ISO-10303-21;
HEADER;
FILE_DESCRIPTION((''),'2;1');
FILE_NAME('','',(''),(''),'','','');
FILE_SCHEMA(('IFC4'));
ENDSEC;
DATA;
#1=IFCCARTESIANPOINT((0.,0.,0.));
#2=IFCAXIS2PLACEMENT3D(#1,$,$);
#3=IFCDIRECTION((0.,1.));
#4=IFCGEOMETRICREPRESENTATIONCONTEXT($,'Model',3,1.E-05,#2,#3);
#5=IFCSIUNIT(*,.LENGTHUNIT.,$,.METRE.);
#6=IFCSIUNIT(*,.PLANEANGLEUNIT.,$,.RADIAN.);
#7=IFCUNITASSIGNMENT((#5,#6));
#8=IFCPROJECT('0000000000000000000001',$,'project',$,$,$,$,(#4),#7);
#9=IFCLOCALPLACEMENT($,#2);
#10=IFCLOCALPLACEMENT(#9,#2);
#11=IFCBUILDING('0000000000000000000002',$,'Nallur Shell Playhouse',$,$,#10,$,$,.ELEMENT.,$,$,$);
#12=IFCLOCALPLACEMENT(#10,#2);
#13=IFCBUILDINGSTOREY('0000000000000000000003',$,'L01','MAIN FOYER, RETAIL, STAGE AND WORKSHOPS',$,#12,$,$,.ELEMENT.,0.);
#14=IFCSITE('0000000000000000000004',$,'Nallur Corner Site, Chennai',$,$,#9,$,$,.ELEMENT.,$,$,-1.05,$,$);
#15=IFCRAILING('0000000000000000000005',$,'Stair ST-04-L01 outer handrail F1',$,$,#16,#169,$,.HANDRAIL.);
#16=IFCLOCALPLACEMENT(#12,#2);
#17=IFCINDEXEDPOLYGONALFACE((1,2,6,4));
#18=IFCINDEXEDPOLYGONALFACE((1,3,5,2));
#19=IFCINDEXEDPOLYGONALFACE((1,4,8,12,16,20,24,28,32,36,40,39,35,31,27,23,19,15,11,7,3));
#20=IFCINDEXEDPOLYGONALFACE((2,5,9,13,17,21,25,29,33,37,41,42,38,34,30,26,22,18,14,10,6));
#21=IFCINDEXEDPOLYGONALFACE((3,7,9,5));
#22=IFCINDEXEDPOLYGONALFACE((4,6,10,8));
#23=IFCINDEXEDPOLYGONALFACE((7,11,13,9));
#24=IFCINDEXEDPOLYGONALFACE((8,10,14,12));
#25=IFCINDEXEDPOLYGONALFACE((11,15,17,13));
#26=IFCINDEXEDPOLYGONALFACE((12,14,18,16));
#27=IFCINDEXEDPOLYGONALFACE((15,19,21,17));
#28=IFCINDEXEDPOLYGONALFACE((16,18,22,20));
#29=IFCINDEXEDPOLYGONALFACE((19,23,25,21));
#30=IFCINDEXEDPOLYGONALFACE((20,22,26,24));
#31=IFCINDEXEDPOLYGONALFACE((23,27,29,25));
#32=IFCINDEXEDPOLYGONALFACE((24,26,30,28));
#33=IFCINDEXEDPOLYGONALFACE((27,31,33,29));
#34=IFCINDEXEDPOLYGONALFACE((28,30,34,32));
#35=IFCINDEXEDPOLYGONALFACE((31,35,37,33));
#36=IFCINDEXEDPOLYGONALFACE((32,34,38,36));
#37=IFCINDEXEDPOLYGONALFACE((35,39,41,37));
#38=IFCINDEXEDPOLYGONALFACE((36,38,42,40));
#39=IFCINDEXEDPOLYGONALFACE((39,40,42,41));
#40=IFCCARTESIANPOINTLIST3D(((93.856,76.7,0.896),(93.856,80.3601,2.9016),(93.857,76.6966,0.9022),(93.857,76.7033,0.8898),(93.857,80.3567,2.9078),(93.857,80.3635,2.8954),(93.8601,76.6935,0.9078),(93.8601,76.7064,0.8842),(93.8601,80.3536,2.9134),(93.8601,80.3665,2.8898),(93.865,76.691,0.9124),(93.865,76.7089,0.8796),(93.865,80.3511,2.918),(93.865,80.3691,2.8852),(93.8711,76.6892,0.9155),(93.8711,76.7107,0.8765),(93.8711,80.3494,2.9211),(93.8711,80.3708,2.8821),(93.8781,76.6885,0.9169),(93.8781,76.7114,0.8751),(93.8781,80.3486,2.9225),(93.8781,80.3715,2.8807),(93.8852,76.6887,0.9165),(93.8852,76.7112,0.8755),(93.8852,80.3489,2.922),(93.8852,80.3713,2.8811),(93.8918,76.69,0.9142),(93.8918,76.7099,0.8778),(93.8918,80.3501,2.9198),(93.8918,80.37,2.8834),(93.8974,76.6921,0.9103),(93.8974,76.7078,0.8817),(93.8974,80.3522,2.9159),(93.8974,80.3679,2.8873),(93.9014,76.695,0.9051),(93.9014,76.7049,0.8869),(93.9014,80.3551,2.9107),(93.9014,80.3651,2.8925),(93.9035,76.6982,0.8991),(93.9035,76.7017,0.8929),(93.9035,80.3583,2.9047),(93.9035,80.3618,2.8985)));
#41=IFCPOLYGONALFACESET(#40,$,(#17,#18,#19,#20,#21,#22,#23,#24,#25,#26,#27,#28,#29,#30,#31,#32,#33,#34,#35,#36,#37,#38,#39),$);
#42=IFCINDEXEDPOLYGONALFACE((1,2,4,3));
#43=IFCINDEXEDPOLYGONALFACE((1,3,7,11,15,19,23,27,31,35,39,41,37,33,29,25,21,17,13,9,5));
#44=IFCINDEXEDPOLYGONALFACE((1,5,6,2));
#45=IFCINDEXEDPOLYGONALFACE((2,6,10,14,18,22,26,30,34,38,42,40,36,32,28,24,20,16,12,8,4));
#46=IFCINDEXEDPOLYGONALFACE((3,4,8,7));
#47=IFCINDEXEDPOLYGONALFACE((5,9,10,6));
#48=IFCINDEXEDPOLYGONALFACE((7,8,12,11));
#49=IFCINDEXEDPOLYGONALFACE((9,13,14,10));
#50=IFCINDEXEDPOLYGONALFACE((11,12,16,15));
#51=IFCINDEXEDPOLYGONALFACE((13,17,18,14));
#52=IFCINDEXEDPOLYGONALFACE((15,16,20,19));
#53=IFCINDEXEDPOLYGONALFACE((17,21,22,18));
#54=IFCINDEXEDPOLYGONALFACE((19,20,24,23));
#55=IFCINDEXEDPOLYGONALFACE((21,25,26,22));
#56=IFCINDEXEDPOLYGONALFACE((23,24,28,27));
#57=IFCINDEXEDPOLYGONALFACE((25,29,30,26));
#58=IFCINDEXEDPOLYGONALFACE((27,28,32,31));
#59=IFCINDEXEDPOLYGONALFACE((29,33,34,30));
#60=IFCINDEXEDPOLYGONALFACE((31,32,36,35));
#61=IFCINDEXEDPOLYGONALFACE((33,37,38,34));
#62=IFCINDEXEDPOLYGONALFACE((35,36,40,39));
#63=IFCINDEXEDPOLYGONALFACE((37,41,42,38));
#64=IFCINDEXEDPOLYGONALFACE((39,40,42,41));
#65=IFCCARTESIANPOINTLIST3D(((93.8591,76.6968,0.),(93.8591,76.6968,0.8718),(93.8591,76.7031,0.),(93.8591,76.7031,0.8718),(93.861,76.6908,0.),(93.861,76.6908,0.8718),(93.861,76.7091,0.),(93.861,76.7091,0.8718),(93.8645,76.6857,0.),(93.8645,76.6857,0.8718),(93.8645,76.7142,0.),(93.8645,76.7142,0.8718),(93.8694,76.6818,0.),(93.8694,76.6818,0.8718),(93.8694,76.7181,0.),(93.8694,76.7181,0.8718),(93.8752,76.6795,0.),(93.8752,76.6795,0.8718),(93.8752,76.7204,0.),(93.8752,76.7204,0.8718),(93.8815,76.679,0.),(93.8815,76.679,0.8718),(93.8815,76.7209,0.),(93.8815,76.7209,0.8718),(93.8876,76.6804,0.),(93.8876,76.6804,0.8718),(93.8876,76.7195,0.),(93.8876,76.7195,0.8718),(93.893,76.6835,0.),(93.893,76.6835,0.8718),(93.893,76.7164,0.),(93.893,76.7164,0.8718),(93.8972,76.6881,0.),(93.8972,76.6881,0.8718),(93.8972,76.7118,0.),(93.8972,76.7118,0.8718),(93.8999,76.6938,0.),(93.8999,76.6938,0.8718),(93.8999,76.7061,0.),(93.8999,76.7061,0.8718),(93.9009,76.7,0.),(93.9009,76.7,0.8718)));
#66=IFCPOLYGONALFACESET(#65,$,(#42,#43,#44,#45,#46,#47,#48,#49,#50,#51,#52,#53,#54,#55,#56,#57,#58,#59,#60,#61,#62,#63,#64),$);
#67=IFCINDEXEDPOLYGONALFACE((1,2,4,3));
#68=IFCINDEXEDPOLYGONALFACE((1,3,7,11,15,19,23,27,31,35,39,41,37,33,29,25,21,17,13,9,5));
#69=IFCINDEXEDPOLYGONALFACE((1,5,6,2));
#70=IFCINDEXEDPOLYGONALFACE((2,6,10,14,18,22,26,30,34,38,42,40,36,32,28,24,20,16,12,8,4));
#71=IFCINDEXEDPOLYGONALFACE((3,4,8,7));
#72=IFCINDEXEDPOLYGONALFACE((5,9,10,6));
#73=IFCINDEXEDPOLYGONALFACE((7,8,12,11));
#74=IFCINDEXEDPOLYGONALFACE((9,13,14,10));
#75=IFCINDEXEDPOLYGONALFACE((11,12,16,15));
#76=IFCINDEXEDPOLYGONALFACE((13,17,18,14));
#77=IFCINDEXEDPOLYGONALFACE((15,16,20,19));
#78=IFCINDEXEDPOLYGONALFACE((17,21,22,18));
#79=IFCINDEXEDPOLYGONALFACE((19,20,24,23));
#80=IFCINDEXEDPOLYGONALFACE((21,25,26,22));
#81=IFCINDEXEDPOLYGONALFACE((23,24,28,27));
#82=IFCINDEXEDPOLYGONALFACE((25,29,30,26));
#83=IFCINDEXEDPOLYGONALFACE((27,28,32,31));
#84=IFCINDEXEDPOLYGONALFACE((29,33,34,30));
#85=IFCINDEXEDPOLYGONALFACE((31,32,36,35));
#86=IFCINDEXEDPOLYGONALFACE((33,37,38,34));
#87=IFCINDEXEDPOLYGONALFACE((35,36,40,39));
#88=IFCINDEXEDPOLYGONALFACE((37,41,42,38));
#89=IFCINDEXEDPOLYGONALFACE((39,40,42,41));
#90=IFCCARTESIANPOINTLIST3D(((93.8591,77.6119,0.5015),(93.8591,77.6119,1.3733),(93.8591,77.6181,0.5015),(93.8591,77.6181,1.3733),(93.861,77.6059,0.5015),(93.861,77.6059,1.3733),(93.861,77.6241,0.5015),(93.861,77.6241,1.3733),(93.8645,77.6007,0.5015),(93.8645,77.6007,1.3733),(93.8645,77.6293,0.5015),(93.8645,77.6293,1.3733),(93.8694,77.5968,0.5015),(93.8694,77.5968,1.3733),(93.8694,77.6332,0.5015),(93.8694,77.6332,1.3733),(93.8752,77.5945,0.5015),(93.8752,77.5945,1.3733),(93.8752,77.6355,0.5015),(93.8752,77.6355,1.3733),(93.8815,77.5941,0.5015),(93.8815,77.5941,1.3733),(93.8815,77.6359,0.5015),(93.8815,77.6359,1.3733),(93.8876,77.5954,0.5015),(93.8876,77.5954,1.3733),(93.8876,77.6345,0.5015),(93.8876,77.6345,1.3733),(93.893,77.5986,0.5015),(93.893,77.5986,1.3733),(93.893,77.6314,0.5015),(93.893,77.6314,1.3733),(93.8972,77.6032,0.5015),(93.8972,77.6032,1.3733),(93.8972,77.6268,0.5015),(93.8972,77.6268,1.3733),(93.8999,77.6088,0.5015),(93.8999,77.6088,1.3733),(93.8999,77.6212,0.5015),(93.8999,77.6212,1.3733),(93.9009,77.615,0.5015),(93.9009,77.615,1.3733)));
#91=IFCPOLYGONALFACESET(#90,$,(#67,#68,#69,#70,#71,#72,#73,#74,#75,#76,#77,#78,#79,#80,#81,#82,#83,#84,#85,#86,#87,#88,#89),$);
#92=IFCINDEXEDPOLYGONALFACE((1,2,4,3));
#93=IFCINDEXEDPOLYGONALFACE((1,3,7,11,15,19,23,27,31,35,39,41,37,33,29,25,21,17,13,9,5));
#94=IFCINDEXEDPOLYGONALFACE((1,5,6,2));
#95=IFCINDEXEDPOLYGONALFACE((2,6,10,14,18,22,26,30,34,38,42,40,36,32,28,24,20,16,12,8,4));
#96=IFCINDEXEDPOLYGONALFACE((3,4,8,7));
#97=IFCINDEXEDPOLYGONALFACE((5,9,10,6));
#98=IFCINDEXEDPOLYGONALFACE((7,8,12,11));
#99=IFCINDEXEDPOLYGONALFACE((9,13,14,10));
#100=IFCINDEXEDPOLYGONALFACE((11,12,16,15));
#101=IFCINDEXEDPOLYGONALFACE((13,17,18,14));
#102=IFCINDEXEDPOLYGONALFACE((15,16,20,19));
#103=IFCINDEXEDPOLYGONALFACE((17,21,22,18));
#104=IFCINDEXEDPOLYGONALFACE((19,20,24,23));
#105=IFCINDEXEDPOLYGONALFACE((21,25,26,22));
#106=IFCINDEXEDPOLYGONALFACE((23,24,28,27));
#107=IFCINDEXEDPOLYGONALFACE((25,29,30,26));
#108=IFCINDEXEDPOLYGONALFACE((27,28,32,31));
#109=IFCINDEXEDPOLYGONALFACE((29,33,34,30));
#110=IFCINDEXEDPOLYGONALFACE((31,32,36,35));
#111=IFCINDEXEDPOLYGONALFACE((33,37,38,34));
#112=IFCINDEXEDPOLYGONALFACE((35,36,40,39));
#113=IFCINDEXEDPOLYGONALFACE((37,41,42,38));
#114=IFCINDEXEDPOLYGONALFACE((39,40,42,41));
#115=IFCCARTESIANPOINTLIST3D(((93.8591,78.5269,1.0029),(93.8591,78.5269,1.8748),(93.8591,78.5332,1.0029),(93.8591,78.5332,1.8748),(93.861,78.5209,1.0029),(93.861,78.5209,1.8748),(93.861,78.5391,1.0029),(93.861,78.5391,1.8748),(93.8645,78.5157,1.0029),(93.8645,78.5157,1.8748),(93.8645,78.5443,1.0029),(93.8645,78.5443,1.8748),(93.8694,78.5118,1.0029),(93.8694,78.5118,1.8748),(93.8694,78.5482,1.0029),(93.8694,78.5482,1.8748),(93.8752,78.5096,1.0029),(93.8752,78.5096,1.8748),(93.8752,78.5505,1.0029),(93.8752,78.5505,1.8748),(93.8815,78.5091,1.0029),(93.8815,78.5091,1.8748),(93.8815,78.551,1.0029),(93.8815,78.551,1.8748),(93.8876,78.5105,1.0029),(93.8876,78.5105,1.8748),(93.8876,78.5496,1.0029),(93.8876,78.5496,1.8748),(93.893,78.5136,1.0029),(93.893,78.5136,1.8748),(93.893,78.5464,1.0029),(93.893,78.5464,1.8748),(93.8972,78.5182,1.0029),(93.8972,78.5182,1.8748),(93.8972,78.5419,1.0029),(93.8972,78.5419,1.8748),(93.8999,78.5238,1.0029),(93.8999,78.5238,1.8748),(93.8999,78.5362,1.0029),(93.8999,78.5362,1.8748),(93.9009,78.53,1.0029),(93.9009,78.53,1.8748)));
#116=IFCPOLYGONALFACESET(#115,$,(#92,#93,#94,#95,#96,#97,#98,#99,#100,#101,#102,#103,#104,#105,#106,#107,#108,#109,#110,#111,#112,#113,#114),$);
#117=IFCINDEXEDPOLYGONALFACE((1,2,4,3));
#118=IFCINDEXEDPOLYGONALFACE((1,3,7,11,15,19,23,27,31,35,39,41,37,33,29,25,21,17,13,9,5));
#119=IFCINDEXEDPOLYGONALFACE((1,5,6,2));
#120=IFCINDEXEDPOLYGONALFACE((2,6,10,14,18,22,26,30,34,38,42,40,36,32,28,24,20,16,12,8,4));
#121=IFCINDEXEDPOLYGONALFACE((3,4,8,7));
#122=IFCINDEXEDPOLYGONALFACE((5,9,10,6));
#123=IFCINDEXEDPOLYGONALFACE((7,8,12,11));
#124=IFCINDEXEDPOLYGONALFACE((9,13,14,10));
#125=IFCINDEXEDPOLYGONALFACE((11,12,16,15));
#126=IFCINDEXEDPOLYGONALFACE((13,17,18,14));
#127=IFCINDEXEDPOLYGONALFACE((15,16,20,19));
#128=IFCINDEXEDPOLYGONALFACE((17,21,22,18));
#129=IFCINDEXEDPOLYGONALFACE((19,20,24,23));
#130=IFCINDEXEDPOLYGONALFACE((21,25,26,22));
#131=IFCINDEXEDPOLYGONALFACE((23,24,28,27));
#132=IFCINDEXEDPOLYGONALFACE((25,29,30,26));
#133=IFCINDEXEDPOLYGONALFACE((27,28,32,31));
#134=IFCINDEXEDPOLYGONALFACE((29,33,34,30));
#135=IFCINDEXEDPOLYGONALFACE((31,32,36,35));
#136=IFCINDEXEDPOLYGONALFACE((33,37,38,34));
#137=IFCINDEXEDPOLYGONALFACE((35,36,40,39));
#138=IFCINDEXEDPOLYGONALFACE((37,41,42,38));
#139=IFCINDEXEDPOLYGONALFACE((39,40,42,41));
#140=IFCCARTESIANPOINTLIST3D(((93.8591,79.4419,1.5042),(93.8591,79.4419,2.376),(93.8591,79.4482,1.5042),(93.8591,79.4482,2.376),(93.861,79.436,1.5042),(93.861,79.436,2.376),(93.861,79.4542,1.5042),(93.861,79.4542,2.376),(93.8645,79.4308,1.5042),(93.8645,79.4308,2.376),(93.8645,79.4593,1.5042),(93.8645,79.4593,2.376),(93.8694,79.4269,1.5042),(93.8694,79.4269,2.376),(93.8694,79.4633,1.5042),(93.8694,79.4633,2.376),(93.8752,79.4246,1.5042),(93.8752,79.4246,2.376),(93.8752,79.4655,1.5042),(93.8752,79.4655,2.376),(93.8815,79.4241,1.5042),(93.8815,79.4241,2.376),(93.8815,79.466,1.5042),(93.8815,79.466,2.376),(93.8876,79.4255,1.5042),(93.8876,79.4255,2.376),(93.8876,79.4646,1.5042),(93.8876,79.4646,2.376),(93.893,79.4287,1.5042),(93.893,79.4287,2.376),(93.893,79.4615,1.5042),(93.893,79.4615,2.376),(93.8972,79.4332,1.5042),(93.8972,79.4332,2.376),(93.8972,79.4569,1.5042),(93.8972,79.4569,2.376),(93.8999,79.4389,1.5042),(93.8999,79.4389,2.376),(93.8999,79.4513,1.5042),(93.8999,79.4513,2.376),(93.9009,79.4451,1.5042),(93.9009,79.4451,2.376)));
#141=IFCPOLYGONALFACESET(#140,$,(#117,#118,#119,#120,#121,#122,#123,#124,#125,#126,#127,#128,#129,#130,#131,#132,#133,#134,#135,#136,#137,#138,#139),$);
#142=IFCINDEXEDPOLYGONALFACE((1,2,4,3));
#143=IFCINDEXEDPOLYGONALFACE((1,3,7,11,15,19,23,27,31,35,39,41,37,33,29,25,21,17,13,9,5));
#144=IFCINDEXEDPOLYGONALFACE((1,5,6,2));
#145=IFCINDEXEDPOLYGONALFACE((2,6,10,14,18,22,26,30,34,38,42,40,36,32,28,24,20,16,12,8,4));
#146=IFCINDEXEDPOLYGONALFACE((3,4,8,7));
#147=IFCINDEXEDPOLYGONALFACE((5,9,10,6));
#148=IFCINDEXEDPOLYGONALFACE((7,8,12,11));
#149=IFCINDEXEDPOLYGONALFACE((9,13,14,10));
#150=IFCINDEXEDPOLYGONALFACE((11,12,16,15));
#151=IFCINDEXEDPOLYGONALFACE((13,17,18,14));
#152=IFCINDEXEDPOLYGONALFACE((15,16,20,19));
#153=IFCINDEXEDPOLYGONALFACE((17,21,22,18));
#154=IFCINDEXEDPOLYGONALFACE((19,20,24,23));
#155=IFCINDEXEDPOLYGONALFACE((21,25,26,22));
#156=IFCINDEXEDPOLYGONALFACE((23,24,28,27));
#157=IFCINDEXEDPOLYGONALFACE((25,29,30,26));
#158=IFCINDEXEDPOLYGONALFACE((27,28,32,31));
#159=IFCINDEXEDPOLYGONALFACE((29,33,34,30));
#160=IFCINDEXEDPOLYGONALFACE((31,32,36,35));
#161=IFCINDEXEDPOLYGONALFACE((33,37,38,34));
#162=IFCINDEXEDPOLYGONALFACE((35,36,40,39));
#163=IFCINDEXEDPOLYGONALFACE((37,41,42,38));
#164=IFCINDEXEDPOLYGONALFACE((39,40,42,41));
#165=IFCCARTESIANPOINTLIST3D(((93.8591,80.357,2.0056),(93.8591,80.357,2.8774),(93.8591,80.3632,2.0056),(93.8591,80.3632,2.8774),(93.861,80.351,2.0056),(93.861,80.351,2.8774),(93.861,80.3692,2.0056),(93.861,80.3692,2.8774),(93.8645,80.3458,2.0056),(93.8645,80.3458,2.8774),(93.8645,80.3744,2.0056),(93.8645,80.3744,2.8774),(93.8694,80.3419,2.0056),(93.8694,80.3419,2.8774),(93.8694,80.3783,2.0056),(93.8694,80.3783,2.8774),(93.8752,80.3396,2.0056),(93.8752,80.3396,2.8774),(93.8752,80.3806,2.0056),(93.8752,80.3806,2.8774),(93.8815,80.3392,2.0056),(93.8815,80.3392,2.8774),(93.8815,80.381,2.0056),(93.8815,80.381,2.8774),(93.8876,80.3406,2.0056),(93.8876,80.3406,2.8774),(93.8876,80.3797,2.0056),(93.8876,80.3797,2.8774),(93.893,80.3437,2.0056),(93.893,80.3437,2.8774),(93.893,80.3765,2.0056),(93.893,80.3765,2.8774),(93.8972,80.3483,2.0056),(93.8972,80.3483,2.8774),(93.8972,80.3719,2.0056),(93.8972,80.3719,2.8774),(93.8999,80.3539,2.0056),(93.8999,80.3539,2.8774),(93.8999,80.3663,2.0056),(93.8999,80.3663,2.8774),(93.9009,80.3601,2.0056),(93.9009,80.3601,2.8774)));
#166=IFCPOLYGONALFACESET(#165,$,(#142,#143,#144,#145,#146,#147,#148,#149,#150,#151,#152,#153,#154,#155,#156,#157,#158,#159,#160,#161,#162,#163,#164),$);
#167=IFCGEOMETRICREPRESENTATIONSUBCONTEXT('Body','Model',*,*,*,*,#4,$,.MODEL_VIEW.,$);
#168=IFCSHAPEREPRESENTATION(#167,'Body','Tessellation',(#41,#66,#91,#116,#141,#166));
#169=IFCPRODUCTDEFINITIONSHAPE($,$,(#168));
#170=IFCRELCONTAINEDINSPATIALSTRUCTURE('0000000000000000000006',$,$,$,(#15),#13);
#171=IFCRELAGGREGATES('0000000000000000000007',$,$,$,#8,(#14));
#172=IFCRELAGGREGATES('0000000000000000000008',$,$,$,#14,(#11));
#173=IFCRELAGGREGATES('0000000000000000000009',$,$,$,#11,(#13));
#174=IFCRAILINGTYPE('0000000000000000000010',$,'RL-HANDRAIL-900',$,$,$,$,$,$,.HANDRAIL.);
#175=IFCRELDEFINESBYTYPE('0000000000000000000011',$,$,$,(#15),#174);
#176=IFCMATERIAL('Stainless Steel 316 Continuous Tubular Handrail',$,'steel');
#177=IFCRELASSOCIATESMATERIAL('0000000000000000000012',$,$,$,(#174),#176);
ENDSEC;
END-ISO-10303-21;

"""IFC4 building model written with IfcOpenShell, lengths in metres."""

from ifc_helpers import new_model, si_unit, direction, frame, origin, origin_2d, place, context, subcontext, project, spatial, circle, extrude, material, type_object, element, save


model = new_model("IFC4")

# Units and contexts
model_context = context("Model", 3, precision=1e-05, world=origin(), true_north=direction((0.0, 1.0)))
body_context = subcontext(model_context, "Body", "Model", "MODEL_VIEW")
ifc_project = project(units=[si_unit("LENGTHUNIT", "METRE"), si_unit("PLANEANGLEUNIT", "RADIAN")], contexts=[model_context])

# Site, building, storey
site_placement = place(None, origin())
site = spatial("IfcSite", under=ifc_project, at=site_placement, Name="Nallur Corner Site, Chennai", CompositionType="ELEMENT", RefElevation=-1.05)
building_placement = place(site_placement, origin())
building = spatial("IfcBuilding", under=site, at=building_placement, Name="Nallur Shell Playhouse", CompositionType="ELEMENT")
storey_placement = place(building_placement, origin())
storey = spatial("IfcBuildingStorey", under=building, at=storey_placement, Name="L01", Description="MAIN FOYER, RETAIL, STAGE AND WORKSHOPS", CompositionType="ELEMENT", Elevation=0.0)

# Railing
ifc_material_1 = material(Name="Stainless Steel 316 Continuous Tubular Handrail", Category="steel")
railing_type_1 = type_object("IfcRailingType", Name="RL-HANDRAIL-900", PredefinedType="HANDRAIL", material=ifc_material_1)
railing_1_placement = place(storey_placement, frame((93.8799, 76.7, 0.0)))
element("IfcRailing", 1, at=railing_1_placement, inside=storey, type_object=railing_type_1, Name="Stair ST-04-L01 outer handrail F1", PredefinedType="HANDRAIL", context=body_context, shape_type="SweptSolid", body=[
    extrude(circle(Radius=0.0239, at=origin_2d()), frame((0.0, 0.0, 0.896), z_axis=(0.0, 0.876971, 0.480544), x_axis=(-1.0, 0.0, 0.0)), (0.0, 0.0, 1.0), 4.1736),
    extrude(circle(Radius=0.021, at=origin_2d()), origin(), (0.0, 0.0, 1.0), 0.8718),
    extrude(circle(Radius=0.021, at=origin_2d()), frame((0.0, 0.915, 0.5015)), (0.0, 0.0, 1.0), 0.8718),
    extrude(circle(Radius=0.021, at=origin_2d()), frame((0.0, 1.8301, 1.0029)), (0.0, 0.0, 1.0), 0.8718),
    extrude(circle(Radius=0.021, at=origin_2d()), frame((0.0, 2.7451, 1.5042)), (0.0, 0.0, 1.0), 0.8718),
    extrude(circle(Radius=0.021, at=origin_2d()), frame((0.0, 3.6602, 2.0056)), (0.0, 0.0, 1.0), 0.8718),
])

save(model, "model.ifc")
